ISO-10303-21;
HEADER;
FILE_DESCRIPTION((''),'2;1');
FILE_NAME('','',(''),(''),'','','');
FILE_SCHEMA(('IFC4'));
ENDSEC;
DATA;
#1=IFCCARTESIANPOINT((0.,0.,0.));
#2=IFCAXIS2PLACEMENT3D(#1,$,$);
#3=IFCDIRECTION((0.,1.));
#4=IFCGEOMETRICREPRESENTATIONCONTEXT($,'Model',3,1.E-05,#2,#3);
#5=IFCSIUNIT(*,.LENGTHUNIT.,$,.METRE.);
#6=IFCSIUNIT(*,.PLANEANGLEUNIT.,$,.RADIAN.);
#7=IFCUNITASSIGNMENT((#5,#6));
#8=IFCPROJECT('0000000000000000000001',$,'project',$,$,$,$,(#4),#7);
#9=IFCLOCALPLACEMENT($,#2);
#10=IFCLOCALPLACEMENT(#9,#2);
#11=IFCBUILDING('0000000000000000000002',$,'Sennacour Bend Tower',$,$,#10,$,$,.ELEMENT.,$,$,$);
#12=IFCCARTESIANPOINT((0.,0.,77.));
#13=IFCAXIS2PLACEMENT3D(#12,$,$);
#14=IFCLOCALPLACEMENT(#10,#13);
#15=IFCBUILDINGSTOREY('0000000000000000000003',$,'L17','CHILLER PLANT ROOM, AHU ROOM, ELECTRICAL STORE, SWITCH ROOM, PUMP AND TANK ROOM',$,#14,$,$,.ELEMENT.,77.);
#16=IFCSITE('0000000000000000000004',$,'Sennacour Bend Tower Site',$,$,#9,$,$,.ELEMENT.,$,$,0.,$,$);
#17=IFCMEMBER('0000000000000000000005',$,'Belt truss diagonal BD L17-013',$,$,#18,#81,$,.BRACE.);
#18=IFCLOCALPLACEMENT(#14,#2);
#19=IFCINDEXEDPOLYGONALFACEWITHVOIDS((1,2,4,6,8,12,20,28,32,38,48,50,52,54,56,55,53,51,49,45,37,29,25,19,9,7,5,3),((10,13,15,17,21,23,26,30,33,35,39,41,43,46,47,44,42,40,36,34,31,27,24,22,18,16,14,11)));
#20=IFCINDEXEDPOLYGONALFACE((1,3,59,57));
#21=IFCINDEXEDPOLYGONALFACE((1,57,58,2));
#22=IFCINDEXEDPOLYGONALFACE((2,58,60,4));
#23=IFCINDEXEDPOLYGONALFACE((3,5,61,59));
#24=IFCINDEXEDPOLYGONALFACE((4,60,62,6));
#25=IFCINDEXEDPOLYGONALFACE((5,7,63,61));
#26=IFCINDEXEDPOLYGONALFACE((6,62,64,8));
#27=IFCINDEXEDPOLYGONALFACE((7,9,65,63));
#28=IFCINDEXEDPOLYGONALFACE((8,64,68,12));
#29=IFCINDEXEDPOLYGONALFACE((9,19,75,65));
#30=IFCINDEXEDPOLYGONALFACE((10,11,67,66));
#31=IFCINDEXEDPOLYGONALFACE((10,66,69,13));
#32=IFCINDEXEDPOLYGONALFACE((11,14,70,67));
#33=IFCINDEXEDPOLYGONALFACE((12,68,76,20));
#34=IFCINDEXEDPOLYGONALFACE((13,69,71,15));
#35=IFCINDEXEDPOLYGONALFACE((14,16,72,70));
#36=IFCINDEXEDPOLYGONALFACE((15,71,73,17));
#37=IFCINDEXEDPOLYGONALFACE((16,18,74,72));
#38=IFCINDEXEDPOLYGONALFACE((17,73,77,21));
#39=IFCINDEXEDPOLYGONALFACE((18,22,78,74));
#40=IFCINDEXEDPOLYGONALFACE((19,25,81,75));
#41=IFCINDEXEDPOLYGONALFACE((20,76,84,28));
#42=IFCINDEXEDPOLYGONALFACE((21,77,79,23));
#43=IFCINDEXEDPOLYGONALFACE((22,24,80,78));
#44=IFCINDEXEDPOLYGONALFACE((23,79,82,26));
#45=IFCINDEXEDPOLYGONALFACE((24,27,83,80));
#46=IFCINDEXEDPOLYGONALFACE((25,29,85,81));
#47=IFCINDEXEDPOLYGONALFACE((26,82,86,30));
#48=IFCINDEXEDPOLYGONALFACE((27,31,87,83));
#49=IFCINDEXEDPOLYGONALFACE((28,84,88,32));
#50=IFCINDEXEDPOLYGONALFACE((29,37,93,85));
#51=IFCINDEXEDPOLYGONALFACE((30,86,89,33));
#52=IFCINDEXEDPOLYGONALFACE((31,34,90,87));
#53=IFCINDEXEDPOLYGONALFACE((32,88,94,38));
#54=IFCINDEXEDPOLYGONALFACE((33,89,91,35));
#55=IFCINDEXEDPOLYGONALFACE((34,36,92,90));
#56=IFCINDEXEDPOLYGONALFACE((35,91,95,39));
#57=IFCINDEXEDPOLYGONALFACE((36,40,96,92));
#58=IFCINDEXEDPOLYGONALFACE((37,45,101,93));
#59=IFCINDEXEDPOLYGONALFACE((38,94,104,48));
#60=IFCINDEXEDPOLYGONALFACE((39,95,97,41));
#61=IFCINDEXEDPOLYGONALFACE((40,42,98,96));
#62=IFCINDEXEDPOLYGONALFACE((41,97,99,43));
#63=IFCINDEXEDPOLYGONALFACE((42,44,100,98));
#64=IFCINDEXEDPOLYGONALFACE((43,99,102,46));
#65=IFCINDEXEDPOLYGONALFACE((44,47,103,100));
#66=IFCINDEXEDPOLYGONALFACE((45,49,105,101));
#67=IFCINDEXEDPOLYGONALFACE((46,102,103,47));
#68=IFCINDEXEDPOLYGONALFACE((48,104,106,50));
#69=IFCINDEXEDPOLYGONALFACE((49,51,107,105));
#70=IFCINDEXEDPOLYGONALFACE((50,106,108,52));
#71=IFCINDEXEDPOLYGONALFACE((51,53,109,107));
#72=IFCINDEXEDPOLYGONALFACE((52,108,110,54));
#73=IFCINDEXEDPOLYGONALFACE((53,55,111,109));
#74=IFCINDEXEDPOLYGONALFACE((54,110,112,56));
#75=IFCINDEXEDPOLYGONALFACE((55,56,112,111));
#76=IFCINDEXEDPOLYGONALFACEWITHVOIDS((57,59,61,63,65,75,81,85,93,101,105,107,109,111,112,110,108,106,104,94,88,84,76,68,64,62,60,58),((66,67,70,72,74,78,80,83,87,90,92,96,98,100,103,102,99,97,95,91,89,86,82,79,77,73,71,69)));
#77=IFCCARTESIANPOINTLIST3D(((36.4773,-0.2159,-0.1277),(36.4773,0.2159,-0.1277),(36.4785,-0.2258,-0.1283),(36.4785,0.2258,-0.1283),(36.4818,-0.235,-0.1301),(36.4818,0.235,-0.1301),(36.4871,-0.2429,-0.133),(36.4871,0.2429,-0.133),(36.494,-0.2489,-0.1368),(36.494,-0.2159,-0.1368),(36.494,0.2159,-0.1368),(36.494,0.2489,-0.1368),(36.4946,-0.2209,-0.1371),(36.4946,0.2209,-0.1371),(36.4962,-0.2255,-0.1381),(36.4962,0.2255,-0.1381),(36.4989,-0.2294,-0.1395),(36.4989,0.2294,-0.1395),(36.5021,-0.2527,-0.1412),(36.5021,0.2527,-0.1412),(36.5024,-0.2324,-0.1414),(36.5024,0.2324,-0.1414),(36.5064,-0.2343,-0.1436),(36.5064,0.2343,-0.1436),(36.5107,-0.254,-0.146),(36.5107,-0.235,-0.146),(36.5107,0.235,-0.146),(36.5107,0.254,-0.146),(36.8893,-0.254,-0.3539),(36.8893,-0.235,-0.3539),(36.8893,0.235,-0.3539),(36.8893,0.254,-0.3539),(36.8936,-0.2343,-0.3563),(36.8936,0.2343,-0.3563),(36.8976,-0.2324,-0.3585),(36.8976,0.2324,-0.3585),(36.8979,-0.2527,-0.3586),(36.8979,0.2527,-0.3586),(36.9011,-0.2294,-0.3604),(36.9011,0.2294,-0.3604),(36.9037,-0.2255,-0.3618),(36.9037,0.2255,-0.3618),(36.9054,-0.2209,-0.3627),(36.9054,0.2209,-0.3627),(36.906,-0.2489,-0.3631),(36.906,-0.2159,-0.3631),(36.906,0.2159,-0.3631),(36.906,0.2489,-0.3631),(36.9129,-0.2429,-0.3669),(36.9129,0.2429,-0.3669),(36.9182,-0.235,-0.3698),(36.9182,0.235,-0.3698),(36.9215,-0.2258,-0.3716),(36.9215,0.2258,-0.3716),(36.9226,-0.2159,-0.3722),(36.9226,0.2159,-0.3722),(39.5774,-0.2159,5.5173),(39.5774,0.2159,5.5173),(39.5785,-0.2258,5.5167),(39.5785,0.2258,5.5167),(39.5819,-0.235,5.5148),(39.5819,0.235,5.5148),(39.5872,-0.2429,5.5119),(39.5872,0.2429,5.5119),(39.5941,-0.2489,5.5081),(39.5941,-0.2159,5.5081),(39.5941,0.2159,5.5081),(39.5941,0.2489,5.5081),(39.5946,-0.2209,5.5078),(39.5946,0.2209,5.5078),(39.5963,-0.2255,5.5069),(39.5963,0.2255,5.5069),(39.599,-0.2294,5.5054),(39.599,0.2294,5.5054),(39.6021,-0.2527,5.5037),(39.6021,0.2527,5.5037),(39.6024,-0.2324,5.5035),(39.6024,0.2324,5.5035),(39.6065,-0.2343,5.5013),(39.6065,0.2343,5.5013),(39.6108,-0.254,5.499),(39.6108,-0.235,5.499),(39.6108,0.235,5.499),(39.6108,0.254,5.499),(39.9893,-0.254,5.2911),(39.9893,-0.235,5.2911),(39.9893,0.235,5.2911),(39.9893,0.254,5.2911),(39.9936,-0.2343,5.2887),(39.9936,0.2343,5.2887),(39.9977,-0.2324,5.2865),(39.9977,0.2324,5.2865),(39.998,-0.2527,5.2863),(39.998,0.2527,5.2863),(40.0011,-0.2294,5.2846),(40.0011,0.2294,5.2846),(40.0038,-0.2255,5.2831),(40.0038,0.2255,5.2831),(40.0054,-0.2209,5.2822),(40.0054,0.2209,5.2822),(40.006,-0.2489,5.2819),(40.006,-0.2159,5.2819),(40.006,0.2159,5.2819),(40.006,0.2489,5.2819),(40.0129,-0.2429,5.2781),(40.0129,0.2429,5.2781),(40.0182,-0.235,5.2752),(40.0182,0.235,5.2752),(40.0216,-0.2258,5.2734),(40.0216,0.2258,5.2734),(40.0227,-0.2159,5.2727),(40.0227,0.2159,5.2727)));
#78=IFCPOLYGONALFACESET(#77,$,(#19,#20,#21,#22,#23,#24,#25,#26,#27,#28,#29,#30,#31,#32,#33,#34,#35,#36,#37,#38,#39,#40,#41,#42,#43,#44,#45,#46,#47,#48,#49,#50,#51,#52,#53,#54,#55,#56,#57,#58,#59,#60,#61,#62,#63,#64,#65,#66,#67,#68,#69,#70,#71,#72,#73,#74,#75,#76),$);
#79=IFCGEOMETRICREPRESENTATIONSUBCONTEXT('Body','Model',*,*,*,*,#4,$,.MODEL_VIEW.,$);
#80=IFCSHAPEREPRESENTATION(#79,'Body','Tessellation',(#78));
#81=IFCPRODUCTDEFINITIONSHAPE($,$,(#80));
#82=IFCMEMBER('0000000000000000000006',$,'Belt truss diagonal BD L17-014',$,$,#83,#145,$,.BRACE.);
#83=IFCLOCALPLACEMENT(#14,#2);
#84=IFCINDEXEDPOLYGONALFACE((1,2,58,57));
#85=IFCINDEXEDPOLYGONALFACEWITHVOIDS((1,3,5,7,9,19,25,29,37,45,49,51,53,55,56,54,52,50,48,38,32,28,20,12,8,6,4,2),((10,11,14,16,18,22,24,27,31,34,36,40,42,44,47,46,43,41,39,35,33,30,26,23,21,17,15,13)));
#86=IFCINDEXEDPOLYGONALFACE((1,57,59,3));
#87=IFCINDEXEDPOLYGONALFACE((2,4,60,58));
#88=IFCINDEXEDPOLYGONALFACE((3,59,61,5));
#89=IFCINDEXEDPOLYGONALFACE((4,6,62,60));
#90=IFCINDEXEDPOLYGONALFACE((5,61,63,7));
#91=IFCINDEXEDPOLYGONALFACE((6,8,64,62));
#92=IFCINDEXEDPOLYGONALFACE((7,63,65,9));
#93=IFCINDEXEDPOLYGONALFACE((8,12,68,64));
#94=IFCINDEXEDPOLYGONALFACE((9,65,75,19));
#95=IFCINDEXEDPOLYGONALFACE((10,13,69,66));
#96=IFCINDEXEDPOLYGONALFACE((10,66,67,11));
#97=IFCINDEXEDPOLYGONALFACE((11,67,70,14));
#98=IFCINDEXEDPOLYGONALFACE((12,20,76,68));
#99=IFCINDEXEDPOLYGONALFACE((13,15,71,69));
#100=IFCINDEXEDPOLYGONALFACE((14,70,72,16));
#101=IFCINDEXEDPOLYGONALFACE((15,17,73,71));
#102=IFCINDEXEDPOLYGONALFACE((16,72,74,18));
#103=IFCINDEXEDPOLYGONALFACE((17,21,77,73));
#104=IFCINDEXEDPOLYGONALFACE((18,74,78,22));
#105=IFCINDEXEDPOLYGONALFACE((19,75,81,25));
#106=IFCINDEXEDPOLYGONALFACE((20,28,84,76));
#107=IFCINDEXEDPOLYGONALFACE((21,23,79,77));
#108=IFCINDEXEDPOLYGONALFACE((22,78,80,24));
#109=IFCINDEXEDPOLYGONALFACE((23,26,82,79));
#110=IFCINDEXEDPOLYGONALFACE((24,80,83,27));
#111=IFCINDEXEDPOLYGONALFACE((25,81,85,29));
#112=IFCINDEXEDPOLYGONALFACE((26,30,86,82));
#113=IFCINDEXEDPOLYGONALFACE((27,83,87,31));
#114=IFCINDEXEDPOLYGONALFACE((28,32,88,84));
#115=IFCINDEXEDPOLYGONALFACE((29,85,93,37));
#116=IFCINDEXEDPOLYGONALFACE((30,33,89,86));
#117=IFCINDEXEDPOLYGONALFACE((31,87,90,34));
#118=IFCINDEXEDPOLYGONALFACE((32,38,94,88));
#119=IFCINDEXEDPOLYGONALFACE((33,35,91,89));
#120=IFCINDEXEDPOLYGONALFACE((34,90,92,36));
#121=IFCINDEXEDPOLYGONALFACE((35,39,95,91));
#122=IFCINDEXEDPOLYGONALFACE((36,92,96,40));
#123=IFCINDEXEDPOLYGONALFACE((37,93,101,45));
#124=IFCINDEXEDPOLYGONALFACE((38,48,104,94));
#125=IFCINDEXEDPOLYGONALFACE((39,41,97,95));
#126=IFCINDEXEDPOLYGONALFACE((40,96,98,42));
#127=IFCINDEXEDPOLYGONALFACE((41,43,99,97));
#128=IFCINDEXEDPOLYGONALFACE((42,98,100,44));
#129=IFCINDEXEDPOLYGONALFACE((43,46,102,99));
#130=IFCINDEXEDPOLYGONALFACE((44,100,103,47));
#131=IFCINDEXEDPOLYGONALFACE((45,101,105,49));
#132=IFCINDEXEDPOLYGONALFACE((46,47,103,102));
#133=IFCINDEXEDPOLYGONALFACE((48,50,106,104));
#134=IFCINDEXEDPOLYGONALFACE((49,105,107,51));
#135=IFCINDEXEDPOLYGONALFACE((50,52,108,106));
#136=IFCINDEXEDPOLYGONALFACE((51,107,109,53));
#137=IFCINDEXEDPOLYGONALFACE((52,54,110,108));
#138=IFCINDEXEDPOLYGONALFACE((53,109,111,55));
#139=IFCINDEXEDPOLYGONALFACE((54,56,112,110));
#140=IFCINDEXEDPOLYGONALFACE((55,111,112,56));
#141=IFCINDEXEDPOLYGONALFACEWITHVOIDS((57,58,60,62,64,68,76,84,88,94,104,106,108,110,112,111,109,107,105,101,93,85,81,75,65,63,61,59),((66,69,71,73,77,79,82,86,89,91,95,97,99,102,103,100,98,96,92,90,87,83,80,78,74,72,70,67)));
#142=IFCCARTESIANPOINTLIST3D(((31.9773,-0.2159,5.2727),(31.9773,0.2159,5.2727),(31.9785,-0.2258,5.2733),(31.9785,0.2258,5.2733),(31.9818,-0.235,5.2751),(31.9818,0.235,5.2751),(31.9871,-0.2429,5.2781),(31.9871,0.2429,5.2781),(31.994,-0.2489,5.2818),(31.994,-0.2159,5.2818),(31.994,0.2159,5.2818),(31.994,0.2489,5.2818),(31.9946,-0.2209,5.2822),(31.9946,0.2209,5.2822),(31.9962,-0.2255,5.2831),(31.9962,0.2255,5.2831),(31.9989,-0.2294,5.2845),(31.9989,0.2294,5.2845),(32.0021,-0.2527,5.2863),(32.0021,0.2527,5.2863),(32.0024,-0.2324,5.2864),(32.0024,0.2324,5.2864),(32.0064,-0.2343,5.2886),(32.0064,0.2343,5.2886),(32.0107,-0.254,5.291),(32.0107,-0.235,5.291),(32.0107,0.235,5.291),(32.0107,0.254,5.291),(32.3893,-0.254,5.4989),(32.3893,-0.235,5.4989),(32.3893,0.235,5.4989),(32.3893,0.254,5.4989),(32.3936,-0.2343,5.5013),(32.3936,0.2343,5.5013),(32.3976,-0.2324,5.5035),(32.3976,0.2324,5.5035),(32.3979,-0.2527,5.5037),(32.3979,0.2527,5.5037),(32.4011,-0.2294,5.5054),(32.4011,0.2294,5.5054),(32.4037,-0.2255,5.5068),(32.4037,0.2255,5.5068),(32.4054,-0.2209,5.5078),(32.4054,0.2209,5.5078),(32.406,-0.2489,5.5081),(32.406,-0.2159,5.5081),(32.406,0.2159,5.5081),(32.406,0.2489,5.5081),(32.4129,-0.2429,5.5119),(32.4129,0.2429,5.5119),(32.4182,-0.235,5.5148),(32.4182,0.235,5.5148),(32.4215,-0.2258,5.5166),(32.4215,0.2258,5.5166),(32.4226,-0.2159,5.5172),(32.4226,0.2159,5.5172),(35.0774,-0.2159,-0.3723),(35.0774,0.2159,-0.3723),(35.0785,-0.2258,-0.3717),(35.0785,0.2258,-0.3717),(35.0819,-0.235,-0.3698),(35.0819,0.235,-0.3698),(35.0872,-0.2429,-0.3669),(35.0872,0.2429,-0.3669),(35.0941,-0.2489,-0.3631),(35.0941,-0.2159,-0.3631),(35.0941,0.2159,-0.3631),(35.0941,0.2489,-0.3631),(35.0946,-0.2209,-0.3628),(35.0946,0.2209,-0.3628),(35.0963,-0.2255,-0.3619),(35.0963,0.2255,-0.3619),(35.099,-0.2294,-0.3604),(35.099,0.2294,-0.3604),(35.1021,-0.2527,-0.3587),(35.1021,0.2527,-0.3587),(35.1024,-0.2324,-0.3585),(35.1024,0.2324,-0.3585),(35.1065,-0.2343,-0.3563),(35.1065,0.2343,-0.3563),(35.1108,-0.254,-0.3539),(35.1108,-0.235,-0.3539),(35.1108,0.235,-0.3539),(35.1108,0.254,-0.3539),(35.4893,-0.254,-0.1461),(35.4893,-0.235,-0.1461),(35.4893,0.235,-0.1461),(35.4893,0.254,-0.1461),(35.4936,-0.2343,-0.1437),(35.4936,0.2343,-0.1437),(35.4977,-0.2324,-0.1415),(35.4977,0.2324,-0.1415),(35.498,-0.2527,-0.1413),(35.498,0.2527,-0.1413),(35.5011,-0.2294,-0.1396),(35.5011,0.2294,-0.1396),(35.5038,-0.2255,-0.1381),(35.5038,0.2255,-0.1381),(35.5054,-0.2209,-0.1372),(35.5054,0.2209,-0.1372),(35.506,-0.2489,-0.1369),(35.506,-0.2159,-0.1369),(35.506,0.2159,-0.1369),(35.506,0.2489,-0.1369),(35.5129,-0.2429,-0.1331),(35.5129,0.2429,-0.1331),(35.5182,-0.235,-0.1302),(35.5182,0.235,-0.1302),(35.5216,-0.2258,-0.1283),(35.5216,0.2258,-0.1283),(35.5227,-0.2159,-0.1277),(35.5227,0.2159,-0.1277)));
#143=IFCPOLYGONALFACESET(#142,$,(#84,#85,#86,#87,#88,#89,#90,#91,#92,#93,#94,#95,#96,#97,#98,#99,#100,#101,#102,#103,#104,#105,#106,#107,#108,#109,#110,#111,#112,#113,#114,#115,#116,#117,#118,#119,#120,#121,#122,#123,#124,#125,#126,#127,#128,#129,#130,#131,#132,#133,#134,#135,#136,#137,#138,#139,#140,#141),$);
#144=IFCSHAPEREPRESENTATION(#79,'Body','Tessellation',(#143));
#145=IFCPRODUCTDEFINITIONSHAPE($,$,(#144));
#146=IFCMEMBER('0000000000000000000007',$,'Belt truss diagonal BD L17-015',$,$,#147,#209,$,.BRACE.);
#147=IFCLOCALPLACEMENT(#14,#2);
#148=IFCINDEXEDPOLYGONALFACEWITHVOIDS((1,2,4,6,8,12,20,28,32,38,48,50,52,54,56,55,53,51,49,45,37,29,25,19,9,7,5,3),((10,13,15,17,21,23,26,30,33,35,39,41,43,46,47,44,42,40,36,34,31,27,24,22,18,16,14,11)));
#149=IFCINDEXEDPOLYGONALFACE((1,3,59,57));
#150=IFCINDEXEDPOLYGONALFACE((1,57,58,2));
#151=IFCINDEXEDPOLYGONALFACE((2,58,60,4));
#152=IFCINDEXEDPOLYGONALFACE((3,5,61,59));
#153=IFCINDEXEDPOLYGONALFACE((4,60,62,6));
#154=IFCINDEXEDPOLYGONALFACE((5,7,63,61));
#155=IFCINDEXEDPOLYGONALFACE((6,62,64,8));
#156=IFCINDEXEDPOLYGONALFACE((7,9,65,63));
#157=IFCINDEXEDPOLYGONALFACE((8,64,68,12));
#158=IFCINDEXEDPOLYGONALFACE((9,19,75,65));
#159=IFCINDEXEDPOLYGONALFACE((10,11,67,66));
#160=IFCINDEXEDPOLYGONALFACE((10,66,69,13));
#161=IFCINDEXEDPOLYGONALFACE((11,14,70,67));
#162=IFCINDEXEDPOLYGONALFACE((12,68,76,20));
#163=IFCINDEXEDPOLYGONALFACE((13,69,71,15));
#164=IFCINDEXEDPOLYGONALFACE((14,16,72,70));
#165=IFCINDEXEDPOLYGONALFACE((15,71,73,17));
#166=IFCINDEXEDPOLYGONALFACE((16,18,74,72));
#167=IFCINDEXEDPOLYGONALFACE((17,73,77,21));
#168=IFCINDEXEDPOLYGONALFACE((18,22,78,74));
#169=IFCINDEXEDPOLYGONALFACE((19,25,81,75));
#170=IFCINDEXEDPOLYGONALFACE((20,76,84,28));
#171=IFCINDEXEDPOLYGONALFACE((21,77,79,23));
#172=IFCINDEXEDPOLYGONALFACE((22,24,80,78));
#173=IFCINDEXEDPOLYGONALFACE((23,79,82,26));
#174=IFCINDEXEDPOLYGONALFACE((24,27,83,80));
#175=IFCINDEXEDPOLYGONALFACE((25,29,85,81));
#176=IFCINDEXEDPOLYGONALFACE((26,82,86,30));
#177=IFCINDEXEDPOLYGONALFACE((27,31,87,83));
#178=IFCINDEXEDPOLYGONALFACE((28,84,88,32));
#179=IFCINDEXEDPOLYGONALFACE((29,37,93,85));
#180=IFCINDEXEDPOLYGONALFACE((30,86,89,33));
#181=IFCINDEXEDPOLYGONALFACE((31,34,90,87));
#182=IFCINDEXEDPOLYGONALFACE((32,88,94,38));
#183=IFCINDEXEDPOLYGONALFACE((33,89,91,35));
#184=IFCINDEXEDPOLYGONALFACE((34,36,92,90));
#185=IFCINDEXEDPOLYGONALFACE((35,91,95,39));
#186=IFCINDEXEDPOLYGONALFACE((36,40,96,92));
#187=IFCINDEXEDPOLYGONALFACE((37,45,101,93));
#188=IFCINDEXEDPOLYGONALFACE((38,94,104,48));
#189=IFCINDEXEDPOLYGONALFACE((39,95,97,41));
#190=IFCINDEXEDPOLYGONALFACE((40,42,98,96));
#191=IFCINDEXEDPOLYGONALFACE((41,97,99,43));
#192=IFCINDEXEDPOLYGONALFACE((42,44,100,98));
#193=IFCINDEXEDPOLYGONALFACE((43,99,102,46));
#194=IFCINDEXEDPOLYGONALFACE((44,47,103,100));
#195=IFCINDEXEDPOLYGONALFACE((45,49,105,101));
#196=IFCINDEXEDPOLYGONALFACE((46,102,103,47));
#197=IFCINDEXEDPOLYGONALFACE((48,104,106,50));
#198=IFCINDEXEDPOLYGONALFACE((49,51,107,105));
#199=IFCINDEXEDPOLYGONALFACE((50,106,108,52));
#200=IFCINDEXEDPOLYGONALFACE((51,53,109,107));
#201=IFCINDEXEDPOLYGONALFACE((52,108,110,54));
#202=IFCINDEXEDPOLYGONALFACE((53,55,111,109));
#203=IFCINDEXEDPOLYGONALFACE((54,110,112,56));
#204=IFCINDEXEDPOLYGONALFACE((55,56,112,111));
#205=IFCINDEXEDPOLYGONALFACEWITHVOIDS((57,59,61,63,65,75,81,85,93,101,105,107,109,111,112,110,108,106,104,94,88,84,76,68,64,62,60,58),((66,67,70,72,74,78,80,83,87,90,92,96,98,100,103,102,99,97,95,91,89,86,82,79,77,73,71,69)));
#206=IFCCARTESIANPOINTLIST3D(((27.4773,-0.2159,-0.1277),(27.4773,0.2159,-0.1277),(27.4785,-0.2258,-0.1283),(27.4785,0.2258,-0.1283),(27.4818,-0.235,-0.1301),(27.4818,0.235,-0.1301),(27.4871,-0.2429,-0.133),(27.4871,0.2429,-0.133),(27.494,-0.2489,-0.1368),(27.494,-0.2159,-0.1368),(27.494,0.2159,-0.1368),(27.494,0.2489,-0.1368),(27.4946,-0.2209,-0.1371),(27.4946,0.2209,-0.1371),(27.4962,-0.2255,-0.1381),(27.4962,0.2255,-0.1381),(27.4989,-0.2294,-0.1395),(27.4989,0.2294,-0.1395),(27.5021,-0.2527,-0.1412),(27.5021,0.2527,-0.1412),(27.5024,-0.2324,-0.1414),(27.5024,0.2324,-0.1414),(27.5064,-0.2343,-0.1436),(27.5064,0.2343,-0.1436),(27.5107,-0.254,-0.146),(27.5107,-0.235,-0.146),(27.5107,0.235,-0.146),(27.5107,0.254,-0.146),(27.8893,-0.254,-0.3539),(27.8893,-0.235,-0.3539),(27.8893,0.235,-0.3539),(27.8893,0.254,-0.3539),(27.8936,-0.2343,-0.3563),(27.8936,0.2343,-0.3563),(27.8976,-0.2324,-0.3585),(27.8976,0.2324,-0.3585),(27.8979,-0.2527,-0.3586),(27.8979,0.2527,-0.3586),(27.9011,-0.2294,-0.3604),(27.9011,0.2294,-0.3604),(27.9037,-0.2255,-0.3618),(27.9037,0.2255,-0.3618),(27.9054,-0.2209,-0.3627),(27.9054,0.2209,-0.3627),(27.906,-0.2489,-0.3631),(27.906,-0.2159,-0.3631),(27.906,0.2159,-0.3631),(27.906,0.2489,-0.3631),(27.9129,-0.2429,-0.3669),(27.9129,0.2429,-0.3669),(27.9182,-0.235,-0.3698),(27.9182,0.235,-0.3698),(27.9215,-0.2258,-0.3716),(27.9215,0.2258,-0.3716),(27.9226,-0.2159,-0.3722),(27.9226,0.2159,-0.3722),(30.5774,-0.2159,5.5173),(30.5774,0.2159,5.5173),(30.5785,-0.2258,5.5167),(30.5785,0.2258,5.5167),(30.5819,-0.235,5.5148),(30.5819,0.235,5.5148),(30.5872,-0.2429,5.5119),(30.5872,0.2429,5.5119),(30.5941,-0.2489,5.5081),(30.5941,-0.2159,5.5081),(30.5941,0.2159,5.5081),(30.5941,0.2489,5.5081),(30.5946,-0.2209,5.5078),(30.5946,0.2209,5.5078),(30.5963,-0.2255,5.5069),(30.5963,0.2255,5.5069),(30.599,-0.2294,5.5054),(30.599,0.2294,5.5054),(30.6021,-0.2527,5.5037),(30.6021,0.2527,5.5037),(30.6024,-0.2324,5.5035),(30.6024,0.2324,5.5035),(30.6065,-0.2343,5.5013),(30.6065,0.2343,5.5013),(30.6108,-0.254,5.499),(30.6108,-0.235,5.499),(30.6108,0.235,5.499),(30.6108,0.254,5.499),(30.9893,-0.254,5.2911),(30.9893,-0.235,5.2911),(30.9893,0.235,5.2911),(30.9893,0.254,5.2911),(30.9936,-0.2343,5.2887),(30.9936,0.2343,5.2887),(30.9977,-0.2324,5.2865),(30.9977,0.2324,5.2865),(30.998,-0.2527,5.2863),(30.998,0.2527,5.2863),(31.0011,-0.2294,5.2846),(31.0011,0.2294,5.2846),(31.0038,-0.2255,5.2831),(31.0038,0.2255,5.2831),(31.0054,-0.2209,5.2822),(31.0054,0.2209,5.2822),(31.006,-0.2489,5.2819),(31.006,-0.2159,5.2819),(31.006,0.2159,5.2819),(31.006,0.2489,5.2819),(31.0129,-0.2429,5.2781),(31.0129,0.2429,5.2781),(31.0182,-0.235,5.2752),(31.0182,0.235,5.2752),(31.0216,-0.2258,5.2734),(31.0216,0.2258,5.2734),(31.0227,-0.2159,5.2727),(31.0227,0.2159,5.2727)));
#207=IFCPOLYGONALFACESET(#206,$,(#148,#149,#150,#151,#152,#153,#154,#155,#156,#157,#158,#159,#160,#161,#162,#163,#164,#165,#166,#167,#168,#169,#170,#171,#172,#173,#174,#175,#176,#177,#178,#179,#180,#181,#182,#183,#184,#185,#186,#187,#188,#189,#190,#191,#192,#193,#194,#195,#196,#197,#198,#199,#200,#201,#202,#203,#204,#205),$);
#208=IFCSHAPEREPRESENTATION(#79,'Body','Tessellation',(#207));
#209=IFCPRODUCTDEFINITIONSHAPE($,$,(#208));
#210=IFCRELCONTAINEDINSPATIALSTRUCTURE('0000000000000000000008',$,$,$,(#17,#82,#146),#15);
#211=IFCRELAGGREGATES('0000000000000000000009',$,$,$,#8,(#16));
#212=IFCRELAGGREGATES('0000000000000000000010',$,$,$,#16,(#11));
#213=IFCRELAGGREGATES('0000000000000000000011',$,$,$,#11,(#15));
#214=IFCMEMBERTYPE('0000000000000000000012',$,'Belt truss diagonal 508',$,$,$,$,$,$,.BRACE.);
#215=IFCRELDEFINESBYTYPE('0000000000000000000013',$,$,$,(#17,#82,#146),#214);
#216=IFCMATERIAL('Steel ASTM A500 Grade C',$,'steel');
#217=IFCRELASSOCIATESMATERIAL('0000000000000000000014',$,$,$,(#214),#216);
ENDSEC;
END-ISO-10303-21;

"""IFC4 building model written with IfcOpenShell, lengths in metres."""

from ifc_helpers import new_model, si_unit, direction, frame, origin, origin_2d, place, context, subcontext, project, spatial, hollow_rectangle, extrude, material, material_profile, profile_set, type_object, element, save


model = new_model("IFC4")

# Units and contexts
model_context = context("Model", 3, precision=1e-05, world=origin(), true_north=direction((0.0, 1.0)))
body_context = subcontext(model_context, "Body", "Model", "MODEL_VIEW")
ifc_project = project(units=[si_unit("LENGTHUNIT", "METRE"), si_unit("PLANEANGLEUNIT", "RADIAN")], contexts=[model_context])

# Site, building, storey
site_placement = place(None, origin())
site = spatial("IfcSite", under=ifc_project, at=site_placement, Name="Sennacour Bend Tower Site", CompositionType="ELEMENT", RefElevation=0.0)
building_placement = place(site_placement, origin())
building = spatial("IfcBuilding", under=site, at=building_placement, Name="Sennacour Bend Tower", CompositionType="ELEMENT")
storey_placement = place(building_placement, frame((0.0, 0.0, 77.0)))
storey = spatial("IfcBuildingStorey", under=building, at=storey_placement, Name="L17", Description="CHILLER PLANT ROOM, AHU ROOM, ELECTRICAL STORE, SWITCH ROOM, PUMP AND TANK ROOM", CompositionType="ELEMENT", Elevation=77.0)

# Members
ifc_material_1 = material(Name="Steel ASTM A500 Grade C", Category="steel")
ifc_material_profile_1 = material_profile(ifc_material_1, hollow_rectangle(XDim=0.5081, YDim=0.5081, WallThickness=0.019, InnerFilletRadius=0.019, OuterFilletRadius=0.0381, at=origin_2d()), Name="Steel ASTM A500 Grade C", Category="steel")
ifc_profile_set_1 = profile_set([ifc_material_profile_1], Name="Steel ASTM A500 Grade C")
member_type_1 = type_object("IfcMemberType", Name="Belt truss diagonal 508", PredefinedType="BRACE", material=ifc_profile_set_1)
for number, where, z_axis, x_axis, name in (
    (1, (39.8, 0.0, 5.395), (-0.481363, 0.0, -0.876521), (0.0, -1.0, 0.0), "Belt truss diagonal BD L17-013"),
    (2, (35.3, 0.0, -0.25), (-0.481363, 0.0, 0.876521), (0.0, -1.0, 0.0), "Belt truss diagonal BD L17-014"),
    (3, (30.8, 0.0, 5.395), (-0.481363, 0.0, -0.876521), (0.0, -1.0, 0.0), "Belt truss diagonal BD L17-015"),
):
    element("IfcMember", number, at=place(storey_placement, frame(where, z_axis=z_axis, x_axis=x_axis)), inside=storey, type_object=member_type_1, Name=name, PredefinedType="BRACE", context=body_context, shape_type="SweptSolid", body=[
        extrude(hollow_rectangle(XDim=0.5081, YDim=0.5081, WallThickness=0.019, InnerFilletRadius=0.019, OuterFilletRadius=0.0381, at=origin_2d()), origin(), (0.0, 0.0, 1.0), 6.4402),
    ])

save(model, "model.ifc")
